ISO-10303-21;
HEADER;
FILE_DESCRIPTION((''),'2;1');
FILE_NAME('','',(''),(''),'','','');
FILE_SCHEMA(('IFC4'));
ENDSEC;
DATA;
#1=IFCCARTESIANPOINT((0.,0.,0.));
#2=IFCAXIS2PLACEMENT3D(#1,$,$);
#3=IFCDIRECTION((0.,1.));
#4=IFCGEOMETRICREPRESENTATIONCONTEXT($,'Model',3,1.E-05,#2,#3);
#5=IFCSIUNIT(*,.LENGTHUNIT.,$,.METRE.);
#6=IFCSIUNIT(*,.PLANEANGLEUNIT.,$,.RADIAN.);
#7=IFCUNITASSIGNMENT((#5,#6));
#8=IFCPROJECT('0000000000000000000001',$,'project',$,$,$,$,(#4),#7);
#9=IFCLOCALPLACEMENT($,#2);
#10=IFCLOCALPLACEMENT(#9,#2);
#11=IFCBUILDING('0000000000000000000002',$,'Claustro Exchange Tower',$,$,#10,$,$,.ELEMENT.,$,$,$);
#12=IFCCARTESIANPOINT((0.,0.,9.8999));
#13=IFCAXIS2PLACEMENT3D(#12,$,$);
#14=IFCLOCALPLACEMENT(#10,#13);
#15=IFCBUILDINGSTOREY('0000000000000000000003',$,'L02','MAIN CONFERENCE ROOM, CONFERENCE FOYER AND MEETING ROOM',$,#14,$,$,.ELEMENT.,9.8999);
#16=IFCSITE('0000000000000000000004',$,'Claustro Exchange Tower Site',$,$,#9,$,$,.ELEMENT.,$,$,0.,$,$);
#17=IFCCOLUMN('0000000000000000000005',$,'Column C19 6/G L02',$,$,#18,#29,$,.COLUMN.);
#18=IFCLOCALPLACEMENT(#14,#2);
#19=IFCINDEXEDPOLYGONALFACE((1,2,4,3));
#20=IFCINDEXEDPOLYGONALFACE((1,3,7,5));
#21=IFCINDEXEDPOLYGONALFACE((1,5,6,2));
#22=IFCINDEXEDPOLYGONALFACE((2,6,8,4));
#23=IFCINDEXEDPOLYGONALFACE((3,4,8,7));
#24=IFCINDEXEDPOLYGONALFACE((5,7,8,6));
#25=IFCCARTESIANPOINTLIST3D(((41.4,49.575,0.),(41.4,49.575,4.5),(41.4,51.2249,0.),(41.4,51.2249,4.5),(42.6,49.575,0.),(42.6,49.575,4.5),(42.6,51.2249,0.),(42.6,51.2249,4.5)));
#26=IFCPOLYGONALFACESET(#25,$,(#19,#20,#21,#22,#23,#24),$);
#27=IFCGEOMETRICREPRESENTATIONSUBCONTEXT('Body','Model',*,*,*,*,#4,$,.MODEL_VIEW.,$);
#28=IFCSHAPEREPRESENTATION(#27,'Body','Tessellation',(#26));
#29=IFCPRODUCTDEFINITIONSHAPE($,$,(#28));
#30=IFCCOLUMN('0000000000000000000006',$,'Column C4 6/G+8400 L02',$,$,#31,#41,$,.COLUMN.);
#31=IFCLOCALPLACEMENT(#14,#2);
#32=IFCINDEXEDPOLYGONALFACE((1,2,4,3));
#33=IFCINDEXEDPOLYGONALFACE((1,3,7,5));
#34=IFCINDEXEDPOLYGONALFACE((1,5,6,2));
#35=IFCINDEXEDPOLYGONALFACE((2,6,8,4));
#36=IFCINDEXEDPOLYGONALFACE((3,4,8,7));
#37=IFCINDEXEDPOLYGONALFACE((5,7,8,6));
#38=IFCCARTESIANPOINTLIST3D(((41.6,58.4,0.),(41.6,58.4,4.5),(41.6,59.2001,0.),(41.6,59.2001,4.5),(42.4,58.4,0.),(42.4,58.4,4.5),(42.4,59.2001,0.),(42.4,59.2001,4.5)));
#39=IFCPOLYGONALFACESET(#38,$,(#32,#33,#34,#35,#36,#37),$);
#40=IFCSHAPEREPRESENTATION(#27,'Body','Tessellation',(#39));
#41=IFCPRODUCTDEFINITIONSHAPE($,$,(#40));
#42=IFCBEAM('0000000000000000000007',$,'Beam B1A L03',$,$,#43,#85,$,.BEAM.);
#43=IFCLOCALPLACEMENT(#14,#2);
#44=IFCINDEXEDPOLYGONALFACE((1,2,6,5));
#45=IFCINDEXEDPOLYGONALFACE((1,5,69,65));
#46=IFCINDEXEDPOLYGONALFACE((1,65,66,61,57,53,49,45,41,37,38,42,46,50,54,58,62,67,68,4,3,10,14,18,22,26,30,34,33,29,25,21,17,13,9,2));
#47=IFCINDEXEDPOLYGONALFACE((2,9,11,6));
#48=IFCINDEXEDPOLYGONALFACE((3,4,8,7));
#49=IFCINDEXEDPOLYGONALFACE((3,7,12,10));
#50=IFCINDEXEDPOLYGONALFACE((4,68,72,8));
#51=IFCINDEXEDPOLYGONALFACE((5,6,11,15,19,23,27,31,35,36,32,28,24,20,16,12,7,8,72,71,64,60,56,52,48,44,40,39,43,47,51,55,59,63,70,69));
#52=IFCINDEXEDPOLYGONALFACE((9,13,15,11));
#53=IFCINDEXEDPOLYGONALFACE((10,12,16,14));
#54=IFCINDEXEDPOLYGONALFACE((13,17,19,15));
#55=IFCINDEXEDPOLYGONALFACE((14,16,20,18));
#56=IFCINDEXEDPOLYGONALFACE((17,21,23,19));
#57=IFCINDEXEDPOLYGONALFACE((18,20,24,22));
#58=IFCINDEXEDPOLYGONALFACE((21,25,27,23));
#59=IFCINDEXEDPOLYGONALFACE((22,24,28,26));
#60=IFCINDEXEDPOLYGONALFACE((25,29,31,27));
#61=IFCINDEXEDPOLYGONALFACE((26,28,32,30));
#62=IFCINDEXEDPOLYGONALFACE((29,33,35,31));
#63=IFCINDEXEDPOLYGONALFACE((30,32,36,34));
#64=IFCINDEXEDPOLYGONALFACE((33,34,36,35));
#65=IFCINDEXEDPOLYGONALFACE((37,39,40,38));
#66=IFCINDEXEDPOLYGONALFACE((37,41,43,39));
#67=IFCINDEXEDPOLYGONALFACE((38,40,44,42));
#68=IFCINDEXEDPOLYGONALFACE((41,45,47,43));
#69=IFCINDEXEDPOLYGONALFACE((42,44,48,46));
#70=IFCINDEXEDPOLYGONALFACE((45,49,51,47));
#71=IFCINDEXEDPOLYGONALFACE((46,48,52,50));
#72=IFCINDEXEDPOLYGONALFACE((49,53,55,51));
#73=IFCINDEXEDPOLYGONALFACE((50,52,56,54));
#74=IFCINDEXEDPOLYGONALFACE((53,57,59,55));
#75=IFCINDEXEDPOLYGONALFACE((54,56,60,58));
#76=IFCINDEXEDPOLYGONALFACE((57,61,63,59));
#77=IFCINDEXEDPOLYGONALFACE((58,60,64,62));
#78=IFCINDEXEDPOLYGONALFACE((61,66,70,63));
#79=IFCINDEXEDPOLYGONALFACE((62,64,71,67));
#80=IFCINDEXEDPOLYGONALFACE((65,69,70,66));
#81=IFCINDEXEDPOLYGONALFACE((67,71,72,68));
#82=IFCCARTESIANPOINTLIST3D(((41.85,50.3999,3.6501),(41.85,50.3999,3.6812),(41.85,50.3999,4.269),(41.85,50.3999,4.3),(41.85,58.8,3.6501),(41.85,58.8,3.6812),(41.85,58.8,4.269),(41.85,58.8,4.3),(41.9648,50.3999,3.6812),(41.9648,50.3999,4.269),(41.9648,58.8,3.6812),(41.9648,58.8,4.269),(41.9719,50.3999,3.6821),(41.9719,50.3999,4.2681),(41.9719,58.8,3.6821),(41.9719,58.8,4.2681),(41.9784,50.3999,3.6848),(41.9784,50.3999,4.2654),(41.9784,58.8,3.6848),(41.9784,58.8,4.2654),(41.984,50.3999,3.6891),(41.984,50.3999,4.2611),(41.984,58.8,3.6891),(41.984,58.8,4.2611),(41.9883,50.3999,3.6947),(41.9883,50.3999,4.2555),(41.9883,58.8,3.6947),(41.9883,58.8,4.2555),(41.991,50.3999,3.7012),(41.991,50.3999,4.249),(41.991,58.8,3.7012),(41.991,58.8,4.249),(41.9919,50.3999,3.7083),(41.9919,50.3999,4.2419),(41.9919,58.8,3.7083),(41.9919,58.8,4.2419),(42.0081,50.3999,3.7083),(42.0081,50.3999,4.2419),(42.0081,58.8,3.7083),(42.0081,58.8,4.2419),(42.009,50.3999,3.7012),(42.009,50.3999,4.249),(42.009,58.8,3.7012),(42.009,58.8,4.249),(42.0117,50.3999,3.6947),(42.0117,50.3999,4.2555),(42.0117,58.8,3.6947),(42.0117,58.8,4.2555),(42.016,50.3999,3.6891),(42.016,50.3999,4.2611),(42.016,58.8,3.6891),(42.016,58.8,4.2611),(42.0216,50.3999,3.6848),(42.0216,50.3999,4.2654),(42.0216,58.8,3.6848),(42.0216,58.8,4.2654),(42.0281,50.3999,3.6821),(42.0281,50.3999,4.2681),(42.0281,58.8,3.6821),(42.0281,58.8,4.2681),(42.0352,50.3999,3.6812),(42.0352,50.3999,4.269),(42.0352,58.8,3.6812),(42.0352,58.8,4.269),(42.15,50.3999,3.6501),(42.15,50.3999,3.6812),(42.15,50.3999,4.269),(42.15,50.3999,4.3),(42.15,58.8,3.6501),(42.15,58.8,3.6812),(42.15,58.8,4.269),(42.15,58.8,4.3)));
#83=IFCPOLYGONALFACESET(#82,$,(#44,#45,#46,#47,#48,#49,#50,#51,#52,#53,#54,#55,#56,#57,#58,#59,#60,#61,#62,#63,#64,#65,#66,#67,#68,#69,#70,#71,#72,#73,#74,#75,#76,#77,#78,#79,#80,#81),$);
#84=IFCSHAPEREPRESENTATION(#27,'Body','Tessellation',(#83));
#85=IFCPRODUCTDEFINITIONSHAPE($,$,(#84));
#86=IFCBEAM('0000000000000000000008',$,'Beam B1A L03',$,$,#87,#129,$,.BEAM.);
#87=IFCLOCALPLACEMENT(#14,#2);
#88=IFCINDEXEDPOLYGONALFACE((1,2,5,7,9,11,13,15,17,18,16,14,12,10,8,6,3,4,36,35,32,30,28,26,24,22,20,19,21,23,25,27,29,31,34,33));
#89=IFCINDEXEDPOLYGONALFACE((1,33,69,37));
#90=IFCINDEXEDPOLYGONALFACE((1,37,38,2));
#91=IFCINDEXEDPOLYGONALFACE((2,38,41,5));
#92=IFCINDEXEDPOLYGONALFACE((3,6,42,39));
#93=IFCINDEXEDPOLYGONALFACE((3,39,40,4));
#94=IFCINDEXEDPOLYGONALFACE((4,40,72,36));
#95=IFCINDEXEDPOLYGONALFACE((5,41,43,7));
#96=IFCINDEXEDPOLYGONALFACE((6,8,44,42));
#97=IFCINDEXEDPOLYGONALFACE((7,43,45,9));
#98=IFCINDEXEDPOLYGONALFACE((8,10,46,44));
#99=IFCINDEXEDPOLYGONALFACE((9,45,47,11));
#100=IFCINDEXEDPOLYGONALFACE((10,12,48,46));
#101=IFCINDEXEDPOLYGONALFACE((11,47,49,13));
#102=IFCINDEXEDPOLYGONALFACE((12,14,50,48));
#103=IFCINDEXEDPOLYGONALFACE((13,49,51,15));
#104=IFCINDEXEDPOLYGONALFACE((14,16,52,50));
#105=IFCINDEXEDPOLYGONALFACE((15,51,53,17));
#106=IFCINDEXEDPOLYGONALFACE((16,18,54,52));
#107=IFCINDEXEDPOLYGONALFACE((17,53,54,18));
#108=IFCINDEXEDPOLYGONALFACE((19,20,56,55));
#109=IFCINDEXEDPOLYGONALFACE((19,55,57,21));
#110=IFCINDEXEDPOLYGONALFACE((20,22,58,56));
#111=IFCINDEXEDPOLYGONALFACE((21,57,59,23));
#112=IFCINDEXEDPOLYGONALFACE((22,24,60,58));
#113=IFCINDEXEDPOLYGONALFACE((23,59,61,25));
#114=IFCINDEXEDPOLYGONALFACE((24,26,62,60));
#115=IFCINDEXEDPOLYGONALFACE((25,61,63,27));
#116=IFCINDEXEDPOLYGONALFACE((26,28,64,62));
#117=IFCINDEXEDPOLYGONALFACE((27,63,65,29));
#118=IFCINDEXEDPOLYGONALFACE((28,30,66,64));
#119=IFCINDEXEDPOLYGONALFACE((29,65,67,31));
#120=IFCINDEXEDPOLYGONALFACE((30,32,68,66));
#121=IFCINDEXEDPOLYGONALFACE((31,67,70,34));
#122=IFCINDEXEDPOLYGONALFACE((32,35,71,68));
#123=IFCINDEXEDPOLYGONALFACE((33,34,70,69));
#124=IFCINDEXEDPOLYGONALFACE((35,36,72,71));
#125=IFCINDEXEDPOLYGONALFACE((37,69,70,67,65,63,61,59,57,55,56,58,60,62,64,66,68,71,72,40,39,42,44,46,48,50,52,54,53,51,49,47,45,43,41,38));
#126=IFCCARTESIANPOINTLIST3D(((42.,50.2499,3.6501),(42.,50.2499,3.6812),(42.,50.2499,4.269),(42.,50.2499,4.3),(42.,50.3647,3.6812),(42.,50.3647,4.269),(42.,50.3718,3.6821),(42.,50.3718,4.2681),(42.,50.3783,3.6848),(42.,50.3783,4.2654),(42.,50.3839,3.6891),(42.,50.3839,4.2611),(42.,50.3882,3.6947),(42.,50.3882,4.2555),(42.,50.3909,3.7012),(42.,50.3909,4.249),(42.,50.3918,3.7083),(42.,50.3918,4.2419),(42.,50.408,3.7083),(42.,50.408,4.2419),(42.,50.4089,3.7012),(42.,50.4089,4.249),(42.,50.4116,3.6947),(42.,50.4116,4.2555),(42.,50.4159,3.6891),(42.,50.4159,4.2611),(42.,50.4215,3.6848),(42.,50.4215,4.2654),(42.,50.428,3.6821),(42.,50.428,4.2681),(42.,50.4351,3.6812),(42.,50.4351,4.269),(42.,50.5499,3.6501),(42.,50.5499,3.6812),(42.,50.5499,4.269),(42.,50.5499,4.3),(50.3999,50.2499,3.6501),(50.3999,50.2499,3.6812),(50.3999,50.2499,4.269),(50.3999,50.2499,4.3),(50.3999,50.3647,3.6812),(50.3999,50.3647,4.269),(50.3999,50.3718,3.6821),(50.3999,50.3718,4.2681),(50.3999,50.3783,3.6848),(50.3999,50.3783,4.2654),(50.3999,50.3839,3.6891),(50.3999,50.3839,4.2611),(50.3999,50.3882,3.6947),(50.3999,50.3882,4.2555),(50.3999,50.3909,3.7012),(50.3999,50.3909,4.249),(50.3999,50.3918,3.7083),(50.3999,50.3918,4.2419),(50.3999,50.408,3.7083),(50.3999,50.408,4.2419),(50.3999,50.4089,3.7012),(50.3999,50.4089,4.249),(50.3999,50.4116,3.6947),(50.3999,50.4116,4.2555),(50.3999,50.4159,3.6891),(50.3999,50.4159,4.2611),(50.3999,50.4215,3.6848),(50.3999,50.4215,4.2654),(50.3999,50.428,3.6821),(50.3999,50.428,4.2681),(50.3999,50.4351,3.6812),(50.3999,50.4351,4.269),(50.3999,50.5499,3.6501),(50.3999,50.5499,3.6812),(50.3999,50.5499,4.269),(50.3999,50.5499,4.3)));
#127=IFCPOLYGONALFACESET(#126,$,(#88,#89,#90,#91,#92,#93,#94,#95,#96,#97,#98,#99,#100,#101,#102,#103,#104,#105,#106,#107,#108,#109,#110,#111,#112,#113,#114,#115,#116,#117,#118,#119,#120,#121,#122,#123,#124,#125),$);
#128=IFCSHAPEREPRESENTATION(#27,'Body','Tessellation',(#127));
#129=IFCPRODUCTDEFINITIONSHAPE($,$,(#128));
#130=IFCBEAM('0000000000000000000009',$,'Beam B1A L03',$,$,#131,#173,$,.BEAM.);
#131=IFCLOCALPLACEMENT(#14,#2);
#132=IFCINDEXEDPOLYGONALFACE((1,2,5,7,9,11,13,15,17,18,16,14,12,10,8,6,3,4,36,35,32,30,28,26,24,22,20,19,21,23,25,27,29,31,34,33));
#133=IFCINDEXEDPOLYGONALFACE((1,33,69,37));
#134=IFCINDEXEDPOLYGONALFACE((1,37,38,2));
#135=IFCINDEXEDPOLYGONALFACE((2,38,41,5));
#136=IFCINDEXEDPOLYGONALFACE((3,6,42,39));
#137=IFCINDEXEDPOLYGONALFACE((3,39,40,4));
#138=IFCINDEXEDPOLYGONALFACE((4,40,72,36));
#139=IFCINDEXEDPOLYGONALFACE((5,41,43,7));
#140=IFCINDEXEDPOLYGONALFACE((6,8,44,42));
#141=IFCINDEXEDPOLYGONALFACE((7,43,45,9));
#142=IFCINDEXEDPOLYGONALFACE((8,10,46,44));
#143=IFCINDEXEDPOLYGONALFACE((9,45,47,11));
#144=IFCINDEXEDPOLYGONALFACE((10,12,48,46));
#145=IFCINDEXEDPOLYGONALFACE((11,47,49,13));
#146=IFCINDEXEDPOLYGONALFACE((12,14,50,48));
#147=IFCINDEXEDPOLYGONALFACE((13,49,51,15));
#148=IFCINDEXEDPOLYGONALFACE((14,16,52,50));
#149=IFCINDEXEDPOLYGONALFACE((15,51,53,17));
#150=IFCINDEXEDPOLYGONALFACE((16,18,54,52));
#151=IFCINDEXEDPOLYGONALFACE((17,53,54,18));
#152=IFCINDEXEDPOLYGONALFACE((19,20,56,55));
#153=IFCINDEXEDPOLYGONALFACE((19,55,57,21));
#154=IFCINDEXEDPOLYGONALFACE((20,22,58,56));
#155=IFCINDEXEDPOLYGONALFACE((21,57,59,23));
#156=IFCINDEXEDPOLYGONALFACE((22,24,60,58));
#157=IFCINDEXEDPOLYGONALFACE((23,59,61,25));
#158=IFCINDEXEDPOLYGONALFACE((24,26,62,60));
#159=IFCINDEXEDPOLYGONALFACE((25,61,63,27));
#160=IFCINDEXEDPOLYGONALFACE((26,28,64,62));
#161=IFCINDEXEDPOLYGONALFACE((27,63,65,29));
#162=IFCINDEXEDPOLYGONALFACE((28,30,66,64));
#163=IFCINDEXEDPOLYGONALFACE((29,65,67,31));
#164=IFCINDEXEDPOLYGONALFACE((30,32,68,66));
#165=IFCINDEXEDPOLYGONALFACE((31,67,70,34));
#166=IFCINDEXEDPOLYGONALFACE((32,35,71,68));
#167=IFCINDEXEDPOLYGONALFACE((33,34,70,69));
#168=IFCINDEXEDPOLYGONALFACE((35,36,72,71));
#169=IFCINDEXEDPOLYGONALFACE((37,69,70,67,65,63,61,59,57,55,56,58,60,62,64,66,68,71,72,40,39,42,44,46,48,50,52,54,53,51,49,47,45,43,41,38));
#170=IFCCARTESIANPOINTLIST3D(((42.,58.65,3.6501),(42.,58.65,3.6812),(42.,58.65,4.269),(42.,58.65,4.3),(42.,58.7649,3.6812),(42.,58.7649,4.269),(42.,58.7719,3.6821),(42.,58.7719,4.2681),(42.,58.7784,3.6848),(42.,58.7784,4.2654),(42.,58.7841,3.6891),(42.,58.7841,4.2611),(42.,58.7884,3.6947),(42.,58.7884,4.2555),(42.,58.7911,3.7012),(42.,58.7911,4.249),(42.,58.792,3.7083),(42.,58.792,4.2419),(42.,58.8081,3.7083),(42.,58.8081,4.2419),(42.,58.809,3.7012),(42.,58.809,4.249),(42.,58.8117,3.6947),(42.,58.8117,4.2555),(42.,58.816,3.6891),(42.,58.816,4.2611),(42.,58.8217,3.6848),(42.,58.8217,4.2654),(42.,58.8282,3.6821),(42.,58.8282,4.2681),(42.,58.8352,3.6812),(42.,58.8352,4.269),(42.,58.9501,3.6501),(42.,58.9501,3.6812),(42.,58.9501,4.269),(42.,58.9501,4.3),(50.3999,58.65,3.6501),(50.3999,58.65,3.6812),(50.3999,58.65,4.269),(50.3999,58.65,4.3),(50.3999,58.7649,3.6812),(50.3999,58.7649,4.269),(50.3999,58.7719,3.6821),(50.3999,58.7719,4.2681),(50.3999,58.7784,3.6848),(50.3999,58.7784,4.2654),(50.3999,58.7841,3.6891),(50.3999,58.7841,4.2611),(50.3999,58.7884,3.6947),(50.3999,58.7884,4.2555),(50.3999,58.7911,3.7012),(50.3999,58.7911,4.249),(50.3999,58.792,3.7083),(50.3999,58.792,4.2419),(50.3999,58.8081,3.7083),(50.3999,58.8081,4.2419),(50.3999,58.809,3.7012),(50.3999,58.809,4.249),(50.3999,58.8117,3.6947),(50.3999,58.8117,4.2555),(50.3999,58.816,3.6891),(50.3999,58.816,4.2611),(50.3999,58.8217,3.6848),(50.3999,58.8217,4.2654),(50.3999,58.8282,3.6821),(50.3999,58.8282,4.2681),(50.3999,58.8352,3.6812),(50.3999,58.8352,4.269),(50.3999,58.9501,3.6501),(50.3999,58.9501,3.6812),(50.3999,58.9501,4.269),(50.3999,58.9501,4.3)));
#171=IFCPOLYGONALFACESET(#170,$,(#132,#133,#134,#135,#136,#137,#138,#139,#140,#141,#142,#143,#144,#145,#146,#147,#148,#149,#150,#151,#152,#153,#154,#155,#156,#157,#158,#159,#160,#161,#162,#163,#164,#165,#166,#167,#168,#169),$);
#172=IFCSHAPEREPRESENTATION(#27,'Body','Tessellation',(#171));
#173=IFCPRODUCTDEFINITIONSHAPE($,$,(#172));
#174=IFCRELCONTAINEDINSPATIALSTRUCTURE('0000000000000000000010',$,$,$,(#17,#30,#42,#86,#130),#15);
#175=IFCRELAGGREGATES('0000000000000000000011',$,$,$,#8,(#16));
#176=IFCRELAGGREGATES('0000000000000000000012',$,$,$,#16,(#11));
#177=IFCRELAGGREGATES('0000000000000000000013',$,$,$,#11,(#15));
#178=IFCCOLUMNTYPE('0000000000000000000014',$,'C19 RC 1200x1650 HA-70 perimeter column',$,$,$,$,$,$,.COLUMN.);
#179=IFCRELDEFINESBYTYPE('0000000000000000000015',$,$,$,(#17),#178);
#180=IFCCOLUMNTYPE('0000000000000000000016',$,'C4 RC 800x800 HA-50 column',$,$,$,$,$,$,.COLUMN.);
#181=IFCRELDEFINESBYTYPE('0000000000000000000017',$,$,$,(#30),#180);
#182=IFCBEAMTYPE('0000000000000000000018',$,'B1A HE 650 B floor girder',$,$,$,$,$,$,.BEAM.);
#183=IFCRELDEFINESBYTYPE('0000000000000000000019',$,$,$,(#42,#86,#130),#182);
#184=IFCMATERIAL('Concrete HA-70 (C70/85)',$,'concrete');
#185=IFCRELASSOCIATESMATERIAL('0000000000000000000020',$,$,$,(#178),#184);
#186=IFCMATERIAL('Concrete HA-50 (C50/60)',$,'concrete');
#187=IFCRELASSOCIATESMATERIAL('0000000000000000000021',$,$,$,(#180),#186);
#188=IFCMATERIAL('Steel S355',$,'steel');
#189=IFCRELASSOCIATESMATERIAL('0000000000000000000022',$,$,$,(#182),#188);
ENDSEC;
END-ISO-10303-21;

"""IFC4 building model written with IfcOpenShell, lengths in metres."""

from ifc_helpers import new_model, si_unit, direction, frame, origin, origin_2d, place, context, subcontext, project, spatial, rectangle, i_section, extrude, material, material_profile, profile_set, type_object, element, save


model = new_model("IFC4")

# Units and contexts
model_context = context("Model", 3, precision=1e-05, world=origin(), true_north=direction((0.0, 1.0)))
body_context = subcontext(model_context, "Body", "Model", "MODEL_VIEW")
ifc_project = project(units=[si_unit("LENGTHUNIT", "METRE"), si_unit("PLANEANGLEUNIT", "RADIAN")], contexts=[model_context])

# Site, building, storey
site_placement = place(None, origin())
site = spatial("IfcSite", under=ifc_project, at=site_placement, Name="Claustro Exchange Tower Site", CompositionType="ELEMENT", RefElevation=0.0)
building_placement = place(site_placement, origin())
building = spatial("IfcBuilding", under=site, at=building_placement, Name="Claustro Exchange Tower", CompositionType="ELEMENT")
storey_placement = place(building_placement, frame((0.0, 0.0, 9.8999)))
storey = spatial("IfcBuildingStorey", under=building, at=storey_placement, Name="L02", Description="MAIN CONFERENCE ROOM, CONFERENCE FOYER AND MEETING ROOM", CompositionType="ELEMENT", Elevation=9.8999)

# Columns
ifc_material_1 = material(Name="Concrete HA-70 (C70/85)", Category="concrete")
ifc_material_profile_1 = material_profile(ifc_material_1, rectangle(XDim=1.2, YDim=1.6499, at=origin_2d()), Name="RC 1200x1650")
ifc_profile_set_1 = profile_set([ifc_material_profile_1], Name="Concrete HA-70 (C70/85)")
column_type_1 = type_object("IfcColumnType", Name="C19 RC 1200x1650 HA-70 perimeter column", PredefinedType="COLUMN", material=ifc_profile_set_1)
column_1_placement = place(storey_placement, frame((42.0, 50.3999, 0.0), z_axis=(0.0, 0.0, 1.0), x_axis=(1.0, 0.0, 0.0)))
element("IfcColumn", 1, at=column_1_placement, inside=storey, type_object=column_type_1, Name="Column C19 6/G L02", PredefinedType="COLUMN", context=body_context, shape_type="SweptSolid", body=[
    extrude(rectangle(XDim=1.2, YDim=1.6499, at=origin_2d()), origin(), (0.0, 0.0, 1.0), 4.5),
])
ifc_material_2 = material(Name="Concrete HA-50 (C50/60)", Category="concrete")
ifc_material_profile_2 = material_profile(ifc_material_2, rectangle(XDim=0.8, YDim=0.8, at=origin_2d()), Name="RC 800x800")
ifc_profile_set_2 = profile_set([ifc_material_profile_2], Name="Concrete HA-50 (C50/60)")
column_type_2 = type_object("IfcColumnType", Name="C4 RC 800x800 HA-50 column", PredefinedType="COLUMN", material=ifc_profile_set_2)
column_2_placement = place(storey_placement, frame((42.0, 58.8, 0.0), z_axis=(0.0, 0.0, 1.0), x_axis=(1.0, 0.0, 0.0)))
element("IfcColumn", 2, at=column_2_placement, inside=storey, type_object=column_type_2, Name="Column C4 6/G+8400 L02", PredefinedType="COLUMN", context=body_context, shape_type="SweptSolid", body=[
    extrude(rectangle(XDim=0.8, YDim=0.8, at=origin_2d()), origin(), (0.0, 0.0, 1.0), 4.5),
])

# Beams
ifc_material_3 = material(Name="Steel S355", Category="steel")
ifc_material_profile_3 = material_profile(ifc_material_3, i_section(OverallWidth=0.3, OverallDepth=0.6499, WebThickness=0.0161, FlangeThickness=0.031, FilletRadius=0.0271, at=origin_2d()), Name="HE 650 B")
ifc_profile_set_3 = profile_set([ifc_material_profile_3], Name="Steel S355")
beam_type_1 = type_object("IfcBeamType", Name="B1A HE 650 B floor girder", PredefinedType="BEAM", material=ifc_profile_set_3)
beam_1_placement = place(storey_placement, frame((42.0, 50.3999, 3.9751), z_axis=(0.0, 1.0, 0.0), x_axis=(-1.0, 0.0, 0.0)))
element("IfcBeam", 3, at=beam_1_placement, inside=storey, type_object=beam_type_1, Name="Beam B1A L03", PredefinedType="BEAM", context=body_context, shape_type="SweptSolid", body=[
    extrude(i_section(OverallWidth=0.3, OverallDepth=0.6499, WebThickness=0.0161, FlangeThickness=0.031, FilletRadius=0.0271, at=origin_2d()), origin(), (0.0, 0.0, 1.0), 8.4001),
])
for number, where, z_axis, x_axis, name in (
    (4, (42.0, 50.3999, 3.9751), (1.0, 0.0, 0.0), (0.0, 1.0, 0.0), "Beam B1A L03"),
    (5, (42.0, 58.8, 3.9751), (1.0, 0.0, 0.0), (0.0, 1.0, 0.0), "Beam B1A L03"),
):
    element("IfcBeam", number, at=place(storey_placement, frame(where, z_axis=z_axis, x_axis=x_axis)), inside=storey, type_object=beam_type_1, Name=name, PredefinedType="BEAM", context=body_context, shape_type="SweptSolid", body=[
        extrude(i_section(OverallWidth=0.3, OverallDepth=0.6499, WebThickness=0.0161, FlangeThickness=0.031, FilletRadius=0.0271, at=origin_2d()), origin(), (0.0, 0.0, 1.0), 8.3999),
    ])

save(model, "model.ifc")
